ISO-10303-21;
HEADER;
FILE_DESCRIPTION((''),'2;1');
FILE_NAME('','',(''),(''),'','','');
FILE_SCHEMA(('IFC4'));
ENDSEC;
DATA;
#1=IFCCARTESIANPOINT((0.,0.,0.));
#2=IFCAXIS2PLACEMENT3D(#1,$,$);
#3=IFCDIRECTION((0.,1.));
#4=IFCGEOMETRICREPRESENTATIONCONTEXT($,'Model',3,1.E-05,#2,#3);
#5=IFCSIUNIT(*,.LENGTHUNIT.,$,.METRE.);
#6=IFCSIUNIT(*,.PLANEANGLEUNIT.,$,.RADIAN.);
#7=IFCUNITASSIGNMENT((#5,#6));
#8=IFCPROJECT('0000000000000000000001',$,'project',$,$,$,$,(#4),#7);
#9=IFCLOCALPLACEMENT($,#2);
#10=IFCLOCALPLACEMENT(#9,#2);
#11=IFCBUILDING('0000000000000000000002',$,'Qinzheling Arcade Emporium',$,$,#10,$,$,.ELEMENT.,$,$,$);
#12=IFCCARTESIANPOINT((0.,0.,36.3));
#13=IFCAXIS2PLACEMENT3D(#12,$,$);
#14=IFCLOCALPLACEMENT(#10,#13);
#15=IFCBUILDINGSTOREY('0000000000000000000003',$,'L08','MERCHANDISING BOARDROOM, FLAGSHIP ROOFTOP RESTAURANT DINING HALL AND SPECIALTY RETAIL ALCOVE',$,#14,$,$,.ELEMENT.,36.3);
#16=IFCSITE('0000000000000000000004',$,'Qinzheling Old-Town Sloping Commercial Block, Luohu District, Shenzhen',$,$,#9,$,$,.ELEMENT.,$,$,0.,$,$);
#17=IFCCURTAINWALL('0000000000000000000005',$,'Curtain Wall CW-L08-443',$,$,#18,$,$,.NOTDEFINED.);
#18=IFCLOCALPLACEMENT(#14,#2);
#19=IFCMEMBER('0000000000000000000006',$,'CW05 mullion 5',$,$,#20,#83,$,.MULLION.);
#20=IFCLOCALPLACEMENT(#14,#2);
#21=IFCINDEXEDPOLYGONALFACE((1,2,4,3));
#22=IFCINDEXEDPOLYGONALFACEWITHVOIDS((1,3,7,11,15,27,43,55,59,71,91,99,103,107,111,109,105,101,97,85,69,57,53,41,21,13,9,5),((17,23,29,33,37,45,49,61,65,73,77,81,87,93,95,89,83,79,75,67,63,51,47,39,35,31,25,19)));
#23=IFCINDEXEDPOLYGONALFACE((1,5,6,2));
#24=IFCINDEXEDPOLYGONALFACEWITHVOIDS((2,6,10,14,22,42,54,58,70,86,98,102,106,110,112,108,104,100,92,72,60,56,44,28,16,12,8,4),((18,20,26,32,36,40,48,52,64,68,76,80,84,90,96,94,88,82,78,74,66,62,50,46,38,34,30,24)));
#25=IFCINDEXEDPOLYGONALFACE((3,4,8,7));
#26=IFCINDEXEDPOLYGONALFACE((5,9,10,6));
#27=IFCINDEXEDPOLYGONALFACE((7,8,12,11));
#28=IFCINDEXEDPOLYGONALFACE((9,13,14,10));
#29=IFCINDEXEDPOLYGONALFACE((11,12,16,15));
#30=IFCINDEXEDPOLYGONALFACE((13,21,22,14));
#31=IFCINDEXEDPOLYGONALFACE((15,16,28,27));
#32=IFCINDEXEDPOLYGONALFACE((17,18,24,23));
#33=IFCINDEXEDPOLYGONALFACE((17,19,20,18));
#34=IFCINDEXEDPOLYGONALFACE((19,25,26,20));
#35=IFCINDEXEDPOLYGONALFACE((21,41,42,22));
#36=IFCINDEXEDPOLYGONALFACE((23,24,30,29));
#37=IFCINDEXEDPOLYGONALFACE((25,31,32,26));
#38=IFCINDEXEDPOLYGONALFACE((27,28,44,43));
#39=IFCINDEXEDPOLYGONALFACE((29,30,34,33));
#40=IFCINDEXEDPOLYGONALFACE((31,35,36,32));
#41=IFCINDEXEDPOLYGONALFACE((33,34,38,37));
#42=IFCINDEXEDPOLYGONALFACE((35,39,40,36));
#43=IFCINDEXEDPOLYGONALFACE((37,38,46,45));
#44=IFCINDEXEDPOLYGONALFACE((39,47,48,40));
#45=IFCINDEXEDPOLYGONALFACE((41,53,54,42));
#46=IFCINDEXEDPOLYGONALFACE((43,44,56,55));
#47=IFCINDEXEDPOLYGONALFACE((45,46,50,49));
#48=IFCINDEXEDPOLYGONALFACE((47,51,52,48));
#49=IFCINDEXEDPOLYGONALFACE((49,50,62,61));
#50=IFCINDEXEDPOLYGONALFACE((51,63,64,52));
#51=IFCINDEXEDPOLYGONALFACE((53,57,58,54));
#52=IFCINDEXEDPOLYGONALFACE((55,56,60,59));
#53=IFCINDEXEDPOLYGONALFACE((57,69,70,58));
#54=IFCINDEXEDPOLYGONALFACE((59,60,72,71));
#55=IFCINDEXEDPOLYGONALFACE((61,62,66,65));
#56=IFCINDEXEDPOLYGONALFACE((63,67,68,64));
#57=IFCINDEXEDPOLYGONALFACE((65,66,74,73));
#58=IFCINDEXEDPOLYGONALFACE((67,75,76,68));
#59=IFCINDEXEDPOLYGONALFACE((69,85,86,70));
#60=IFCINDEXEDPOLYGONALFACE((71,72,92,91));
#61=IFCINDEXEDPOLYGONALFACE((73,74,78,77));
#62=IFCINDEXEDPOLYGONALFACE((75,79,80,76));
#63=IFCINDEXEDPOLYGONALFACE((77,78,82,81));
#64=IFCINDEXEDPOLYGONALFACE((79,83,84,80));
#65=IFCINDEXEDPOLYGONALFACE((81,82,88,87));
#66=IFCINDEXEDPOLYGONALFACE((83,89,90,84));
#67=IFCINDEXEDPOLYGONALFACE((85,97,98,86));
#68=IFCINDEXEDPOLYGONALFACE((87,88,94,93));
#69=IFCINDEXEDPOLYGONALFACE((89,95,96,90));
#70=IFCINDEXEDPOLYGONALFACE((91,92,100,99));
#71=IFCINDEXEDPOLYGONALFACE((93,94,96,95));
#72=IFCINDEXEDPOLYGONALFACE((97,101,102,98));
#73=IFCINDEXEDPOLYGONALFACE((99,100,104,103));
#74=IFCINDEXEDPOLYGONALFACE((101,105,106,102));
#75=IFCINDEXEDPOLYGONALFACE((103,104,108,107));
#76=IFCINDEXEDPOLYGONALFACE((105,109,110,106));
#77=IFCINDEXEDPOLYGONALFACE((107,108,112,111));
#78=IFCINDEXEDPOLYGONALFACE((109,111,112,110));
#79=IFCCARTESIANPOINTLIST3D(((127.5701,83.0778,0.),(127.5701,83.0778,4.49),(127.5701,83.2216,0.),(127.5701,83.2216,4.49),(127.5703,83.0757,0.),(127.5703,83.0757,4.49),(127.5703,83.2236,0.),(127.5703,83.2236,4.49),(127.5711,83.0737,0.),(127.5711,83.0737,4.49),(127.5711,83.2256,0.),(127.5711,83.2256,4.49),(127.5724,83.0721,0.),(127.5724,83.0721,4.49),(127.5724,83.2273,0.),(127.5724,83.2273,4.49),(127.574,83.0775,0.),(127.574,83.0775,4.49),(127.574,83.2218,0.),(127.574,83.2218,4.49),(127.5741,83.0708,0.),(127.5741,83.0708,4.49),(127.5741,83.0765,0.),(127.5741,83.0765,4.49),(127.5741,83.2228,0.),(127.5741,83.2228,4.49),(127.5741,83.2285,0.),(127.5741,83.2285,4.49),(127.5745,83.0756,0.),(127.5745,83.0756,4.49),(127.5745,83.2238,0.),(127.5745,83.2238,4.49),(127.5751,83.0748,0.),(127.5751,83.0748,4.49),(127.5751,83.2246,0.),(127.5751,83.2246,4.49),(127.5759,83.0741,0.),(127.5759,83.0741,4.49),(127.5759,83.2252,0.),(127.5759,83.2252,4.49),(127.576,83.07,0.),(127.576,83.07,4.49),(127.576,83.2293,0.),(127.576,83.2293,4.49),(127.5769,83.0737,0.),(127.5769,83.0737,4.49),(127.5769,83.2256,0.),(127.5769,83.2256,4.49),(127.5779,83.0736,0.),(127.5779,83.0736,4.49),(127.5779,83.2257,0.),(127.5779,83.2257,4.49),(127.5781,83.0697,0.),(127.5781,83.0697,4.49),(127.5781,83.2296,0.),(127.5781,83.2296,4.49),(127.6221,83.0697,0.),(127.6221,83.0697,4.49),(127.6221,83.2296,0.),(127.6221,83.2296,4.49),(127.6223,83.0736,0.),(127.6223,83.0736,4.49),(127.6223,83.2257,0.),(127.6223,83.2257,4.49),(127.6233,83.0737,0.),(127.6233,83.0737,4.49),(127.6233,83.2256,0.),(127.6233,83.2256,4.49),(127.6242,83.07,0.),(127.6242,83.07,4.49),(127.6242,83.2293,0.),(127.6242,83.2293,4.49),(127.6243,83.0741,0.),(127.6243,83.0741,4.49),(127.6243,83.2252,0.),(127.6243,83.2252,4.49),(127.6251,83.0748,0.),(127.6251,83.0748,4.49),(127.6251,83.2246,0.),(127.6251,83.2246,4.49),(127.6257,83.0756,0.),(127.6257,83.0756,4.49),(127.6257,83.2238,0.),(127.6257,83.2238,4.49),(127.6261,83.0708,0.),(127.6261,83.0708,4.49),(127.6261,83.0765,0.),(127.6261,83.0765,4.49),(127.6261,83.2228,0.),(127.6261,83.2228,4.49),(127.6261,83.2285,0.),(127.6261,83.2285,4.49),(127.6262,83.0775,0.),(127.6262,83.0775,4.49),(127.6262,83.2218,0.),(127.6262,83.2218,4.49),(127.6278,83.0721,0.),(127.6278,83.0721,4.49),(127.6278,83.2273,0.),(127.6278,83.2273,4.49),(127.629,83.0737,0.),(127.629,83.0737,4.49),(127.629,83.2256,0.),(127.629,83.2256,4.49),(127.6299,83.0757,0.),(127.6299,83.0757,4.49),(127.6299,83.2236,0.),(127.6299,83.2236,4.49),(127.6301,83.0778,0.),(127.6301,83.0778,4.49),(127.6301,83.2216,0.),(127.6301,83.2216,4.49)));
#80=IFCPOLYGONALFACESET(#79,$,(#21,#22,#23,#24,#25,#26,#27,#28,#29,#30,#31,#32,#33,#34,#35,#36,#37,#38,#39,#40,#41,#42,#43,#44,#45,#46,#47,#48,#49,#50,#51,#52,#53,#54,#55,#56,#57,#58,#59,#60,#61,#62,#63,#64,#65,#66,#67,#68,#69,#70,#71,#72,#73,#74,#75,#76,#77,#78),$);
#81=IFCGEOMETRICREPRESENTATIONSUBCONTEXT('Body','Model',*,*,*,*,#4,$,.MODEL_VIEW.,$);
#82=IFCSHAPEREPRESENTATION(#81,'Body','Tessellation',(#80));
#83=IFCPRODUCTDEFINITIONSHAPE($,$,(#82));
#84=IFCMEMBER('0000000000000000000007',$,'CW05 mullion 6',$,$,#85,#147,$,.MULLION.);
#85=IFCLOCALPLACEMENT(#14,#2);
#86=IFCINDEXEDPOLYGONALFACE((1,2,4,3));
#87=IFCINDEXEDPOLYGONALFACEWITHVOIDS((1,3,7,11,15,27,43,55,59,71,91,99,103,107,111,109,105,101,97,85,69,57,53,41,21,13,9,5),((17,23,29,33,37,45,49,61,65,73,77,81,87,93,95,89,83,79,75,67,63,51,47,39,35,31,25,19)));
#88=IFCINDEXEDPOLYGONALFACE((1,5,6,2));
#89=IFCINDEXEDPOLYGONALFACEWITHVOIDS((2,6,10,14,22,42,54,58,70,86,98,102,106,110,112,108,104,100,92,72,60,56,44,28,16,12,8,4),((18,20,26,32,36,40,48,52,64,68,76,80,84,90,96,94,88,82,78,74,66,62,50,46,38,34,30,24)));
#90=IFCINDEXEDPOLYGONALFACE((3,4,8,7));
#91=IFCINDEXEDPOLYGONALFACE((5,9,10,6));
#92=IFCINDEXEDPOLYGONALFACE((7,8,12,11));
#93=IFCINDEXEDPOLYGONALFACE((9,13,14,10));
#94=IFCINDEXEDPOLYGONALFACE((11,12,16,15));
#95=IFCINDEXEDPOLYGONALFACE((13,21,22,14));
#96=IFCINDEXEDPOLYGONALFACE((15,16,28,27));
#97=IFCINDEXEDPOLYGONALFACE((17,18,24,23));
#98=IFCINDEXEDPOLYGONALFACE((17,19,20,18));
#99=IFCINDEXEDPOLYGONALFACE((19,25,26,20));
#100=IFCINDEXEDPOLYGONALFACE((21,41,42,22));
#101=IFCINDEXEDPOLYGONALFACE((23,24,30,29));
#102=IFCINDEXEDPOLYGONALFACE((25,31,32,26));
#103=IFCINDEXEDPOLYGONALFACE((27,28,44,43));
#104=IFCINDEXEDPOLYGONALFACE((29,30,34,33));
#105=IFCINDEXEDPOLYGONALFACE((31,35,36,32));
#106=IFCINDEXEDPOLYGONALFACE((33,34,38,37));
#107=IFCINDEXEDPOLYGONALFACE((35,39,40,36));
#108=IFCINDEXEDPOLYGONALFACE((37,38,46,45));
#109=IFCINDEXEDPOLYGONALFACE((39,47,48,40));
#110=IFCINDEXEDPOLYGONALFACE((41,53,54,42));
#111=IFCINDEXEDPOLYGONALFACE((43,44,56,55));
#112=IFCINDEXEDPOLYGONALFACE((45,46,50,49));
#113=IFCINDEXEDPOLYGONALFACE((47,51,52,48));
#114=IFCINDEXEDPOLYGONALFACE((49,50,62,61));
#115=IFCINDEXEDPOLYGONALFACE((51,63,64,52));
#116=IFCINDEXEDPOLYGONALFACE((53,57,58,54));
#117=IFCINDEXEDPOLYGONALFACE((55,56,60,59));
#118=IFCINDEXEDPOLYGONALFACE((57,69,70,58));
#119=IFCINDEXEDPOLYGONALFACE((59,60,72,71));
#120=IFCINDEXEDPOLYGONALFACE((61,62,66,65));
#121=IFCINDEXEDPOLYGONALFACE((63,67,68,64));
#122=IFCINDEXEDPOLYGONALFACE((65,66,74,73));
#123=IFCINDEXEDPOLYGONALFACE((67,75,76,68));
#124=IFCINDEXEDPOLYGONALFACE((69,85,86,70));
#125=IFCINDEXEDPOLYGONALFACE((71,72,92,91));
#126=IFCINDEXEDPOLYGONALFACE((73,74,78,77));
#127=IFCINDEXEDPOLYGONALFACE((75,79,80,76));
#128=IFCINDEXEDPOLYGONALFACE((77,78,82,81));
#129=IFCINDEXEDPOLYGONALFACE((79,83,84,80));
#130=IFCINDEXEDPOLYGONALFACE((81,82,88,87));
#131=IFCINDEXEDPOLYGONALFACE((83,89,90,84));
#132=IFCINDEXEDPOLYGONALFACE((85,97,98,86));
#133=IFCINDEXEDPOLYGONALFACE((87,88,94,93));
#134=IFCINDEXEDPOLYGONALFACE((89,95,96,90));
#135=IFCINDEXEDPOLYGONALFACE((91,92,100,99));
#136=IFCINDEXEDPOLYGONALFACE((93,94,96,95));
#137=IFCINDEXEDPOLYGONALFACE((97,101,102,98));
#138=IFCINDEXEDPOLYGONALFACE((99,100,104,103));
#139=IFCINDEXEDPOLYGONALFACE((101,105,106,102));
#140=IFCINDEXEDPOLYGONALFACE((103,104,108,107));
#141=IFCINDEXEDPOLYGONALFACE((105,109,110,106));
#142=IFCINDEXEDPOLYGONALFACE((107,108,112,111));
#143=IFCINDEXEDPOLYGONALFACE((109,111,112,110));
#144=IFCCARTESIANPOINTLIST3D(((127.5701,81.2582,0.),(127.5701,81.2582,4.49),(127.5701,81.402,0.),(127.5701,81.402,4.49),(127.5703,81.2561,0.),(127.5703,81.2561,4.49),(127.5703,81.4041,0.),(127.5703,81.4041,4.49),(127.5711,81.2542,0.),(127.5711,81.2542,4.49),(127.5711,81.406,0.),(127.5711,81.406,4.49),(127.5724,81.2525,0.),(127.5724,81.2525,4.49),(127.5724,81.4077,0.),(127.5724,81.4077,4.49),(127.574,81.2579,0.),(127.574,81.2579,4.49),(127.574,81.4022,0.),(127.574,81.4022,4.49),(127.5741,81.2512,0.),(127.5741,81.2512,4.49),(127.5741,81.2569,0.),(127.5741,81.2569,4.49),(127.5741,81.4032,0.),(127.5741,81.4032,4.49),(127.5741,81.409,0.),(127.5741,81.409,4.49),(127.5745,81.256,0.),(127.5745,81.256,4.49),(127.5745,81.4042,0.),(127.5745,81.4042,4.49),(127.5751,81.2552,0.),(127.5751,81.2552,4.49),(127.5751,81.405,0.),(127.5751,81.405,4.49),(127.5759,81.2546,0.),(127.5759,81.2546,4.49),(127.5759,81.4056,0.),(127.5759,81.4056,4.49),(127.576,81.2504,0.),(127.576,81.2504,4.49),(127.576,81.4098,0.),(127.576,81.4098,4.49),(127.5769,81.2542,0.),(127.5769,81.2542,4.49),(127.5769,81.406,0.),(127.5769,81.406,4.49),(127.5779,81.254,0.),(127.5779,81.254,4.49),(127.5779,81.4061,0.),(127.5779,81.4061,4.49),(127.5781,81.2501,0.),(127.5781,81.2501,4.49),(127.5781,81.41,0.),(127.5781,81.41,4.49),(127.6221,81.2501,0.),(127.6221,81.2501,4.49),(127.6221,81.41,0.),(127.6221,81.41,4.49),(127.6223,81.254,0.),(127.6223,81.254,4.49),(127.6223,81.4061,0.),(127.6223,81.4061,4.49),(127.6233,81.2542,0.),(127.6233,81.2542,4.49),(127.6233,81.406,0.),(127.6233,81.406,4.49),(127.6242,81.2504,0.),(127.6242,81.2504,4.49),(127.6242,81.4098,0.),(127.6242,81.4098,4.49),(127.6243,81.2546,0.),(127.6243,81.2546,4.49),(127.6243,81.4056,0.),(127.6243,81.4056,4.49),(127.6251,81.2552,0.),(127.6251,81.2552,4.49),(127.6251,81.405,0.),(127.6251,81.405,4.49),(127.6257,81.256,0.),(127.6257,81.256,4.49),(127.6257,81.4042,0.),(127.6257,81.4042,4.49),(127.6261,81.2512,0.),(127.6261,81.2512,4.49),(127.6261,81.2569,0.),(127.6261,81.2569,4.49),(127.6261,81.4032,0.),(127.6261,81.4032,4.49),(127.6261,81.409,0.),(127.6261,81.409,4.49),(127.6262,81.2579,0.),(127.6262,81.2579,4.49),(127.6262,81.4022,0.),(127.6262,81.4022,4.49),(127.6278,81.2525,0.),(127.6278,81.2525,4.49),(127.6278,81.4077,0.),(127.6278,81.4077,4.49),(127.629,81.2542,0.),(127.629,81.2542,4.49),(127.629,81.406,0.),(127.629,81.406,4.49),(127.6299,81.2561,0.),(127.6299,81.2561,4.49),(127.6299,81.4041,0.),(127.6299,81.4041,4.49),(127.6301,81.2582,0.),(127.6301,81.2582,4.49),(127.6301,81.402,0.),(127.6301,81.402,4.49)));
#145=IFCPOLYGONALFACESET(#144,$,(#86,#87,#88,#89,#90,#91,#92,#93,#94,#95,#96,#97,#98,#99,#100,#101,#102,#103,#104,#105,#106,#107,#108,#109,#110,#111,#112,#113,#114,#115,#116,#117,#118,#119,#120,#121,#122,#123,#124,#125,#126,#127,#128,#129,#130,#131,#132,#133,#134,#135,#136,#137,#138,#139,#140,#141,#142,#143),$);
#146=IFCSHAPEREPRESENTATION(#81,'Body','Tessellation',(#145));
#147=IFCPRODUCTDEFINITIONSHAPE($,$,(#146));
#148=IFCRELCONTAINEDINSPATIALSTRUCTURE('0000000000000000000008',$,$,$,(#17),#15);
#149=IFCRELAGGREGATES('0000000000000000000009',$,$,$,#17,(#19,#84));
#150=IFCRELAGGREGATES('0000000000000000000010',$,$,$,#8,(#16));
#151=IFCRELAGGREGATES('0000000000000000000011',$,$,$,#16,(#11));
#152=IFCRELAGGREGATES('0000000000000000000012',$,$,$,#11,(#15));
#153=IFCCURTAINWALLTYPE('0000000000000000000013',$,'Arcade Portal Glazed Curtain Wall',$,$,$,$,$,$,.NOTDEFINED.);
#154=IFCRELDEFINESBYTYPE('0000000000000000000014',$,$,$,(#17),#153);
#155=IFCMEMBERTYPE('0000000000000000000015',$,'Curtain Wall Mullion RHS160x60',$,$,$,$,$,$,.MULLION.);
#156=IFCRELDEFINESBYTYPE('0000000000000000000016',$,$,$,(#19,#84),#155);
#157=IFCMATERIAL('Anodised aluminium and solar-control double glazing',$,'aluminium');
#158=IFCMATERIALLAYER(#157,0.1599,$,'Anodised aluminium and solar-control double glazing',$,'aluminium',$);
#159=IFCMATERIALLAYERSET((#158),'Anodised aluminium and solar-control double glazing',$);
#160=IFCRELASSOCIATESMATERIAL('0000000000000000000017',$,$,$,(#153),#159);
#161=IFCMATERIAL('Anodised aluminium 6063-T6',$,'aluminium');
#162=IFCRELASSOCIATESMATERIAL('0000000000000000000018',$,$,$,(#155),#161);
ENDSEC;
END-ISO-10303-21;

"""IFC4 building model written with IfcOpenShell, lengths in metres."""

from ifc_helpers import new_model, si_unit, direction, frame, origin, origin_2d, place, context, subcontext, project, spatial, hollow_rectangle, extrude, material, layer, layer_set, material_profile, profile_set, type_object, element, aggregate, save


model = new_model("IFC4")

# Units and contexts
model_context = context("Model", 3, precision=1e-05, world=origin(), true_north=direction((0.0, 1.0)))
body_context = subcontext(model_context, "Body", "Model", "MODEL_VIEW")
ifc_project = project(units=[si_unit("LENGTHUNIT", "METRE"), si_unit("PLANEANGLEUNIT", "RADIAN")], contexts=[model_context])

# Site, building, storey
site_placement = place(None, origin())
site = spatial("IfcSite", under=ifc_project, at=site_placement, Name="Qinzheling Old-Town Sloping Commercial Block, Luohu District, Shenzhen", CompositionType="ELEMENT", RefElevation=0.0)
building_placement = place(site_placement, origin())
building = spatial("IfcBuilding", under=site, at=building_placement, Name="Qinzheling Arcade Emporium", CompositionType="ELEMENT")
storey_placement = place(building_placement, frame((0.0, 0.0, 36.3)))
storey = spatial("IfcBuildingStorey", under=building, at=storey_placement, Name="L08", Description="MERCHANDISING BOARDROOM, FLAGSHIP ROOFTOP RESTAURANT DINING HALL AND SPECIALTY RETAIL ALCOVE", CompositionType="ELEMENT", Elevation=36.3)

# Curtain wall, members
ifc_material_1 = material(Name="Anodised aluminium and solar-control double glazing", Category="aluminium")
ifc_layer_1 = layer(ifc_material_1, 0.1599, Name="Anodised aluminium and solar-control double glazing", Category="aluminium")
ifc_layer_set_1 = layer_set([ifc_layer_1], Name="Anodised aluminium and solar-control double glazing")
curtain_wall_type = type_object("IfcCurtainWallType", Name="Arcade Portal Glazed Curtain Wall", PredefinedType="NOTDEFINED", material=ifc_layer_set_1)
curtain_wall_placement = place(storey_placement, origin())
curtain_wall = element("IfcCurtainWall", 1, at=curtain_wall_placement, inside=storey, type_object=curtain_wall_type, Name="Curtain Wall CW-L08-443", PredefinedType="NOTDEFINED")
ifc_material_2 = material(Name="Anodised aluminium 6063-T6", Category="aluminium")
ifc_material_profile_1 = material_profile(ifc_material_2, hollow_rectangle(XDim=0.0601, YDim=0.1599, WallThickness=0.0039, InnerFilletRadius=0.0039, OuterFilletRadius=0.0081, at=origin_2d()), Name="RHS 160x60x4", Category="aluminium")
ifc_profile_set_1 = profile_set([ifc_material_profile_1], Name="Anodised aluminium 6063-T6")
member_type_1 = type_object("IfcMemberType", Name="Curtain Wall Mullion RHS160x60", PredefinedType="MULLION", material=ifc_profile_set_1)
member_1_placement = place(storey_placement, frame((127.6001, 83.1497, 0.0), z_axis=(0.0, 0.0, 1.0), x_axis=(1.0, 0.0, 0.0)))
member_1 = element("IfcMember", 2, at=member_1_placement, type_object=member_type_1, Name="CW05 mullion 5", PredefinedType="MULLION", context=body_context, shape_type="SweptSolid", body=[
    extrude(hollow_rectangle(XDim=0.0601, YDim=0.1599, WallThickness=0.0039, InnerFilletRadius=0.0039, OuterFilletRadius=0.0081, at=origin_2d()), origin(), (0.0, 0.0, 1.0), 4.49),
])
member_2_placement = place(storey_placement, frame((127.6001, 81.3301, 0.0), z_axis=(0.0, 0.0, 1.0), x_axis=(1.0, 0.0, 0.0)))
member_2 = element("IfcMember", 3, at=member_2_placement, type_object=member_type_1, Name="CW05 mullion 6", PredefinedType="MULLION", context=body_context, shape_type="SweptSolid", body=[
    extrude(hollow_rectangle(XDim=0.0601, YDim=0.1599, WallThickness=0.0039, InnerFilletRadius=0.0039, OuterFilletRadius=0.0081, at=origin_2d()), origin(), (0.0, 0.0, 1.0), 4.49),
])

aggregate(curtain_wall, [member_1, member_2])

save(model, "model.ifc")
